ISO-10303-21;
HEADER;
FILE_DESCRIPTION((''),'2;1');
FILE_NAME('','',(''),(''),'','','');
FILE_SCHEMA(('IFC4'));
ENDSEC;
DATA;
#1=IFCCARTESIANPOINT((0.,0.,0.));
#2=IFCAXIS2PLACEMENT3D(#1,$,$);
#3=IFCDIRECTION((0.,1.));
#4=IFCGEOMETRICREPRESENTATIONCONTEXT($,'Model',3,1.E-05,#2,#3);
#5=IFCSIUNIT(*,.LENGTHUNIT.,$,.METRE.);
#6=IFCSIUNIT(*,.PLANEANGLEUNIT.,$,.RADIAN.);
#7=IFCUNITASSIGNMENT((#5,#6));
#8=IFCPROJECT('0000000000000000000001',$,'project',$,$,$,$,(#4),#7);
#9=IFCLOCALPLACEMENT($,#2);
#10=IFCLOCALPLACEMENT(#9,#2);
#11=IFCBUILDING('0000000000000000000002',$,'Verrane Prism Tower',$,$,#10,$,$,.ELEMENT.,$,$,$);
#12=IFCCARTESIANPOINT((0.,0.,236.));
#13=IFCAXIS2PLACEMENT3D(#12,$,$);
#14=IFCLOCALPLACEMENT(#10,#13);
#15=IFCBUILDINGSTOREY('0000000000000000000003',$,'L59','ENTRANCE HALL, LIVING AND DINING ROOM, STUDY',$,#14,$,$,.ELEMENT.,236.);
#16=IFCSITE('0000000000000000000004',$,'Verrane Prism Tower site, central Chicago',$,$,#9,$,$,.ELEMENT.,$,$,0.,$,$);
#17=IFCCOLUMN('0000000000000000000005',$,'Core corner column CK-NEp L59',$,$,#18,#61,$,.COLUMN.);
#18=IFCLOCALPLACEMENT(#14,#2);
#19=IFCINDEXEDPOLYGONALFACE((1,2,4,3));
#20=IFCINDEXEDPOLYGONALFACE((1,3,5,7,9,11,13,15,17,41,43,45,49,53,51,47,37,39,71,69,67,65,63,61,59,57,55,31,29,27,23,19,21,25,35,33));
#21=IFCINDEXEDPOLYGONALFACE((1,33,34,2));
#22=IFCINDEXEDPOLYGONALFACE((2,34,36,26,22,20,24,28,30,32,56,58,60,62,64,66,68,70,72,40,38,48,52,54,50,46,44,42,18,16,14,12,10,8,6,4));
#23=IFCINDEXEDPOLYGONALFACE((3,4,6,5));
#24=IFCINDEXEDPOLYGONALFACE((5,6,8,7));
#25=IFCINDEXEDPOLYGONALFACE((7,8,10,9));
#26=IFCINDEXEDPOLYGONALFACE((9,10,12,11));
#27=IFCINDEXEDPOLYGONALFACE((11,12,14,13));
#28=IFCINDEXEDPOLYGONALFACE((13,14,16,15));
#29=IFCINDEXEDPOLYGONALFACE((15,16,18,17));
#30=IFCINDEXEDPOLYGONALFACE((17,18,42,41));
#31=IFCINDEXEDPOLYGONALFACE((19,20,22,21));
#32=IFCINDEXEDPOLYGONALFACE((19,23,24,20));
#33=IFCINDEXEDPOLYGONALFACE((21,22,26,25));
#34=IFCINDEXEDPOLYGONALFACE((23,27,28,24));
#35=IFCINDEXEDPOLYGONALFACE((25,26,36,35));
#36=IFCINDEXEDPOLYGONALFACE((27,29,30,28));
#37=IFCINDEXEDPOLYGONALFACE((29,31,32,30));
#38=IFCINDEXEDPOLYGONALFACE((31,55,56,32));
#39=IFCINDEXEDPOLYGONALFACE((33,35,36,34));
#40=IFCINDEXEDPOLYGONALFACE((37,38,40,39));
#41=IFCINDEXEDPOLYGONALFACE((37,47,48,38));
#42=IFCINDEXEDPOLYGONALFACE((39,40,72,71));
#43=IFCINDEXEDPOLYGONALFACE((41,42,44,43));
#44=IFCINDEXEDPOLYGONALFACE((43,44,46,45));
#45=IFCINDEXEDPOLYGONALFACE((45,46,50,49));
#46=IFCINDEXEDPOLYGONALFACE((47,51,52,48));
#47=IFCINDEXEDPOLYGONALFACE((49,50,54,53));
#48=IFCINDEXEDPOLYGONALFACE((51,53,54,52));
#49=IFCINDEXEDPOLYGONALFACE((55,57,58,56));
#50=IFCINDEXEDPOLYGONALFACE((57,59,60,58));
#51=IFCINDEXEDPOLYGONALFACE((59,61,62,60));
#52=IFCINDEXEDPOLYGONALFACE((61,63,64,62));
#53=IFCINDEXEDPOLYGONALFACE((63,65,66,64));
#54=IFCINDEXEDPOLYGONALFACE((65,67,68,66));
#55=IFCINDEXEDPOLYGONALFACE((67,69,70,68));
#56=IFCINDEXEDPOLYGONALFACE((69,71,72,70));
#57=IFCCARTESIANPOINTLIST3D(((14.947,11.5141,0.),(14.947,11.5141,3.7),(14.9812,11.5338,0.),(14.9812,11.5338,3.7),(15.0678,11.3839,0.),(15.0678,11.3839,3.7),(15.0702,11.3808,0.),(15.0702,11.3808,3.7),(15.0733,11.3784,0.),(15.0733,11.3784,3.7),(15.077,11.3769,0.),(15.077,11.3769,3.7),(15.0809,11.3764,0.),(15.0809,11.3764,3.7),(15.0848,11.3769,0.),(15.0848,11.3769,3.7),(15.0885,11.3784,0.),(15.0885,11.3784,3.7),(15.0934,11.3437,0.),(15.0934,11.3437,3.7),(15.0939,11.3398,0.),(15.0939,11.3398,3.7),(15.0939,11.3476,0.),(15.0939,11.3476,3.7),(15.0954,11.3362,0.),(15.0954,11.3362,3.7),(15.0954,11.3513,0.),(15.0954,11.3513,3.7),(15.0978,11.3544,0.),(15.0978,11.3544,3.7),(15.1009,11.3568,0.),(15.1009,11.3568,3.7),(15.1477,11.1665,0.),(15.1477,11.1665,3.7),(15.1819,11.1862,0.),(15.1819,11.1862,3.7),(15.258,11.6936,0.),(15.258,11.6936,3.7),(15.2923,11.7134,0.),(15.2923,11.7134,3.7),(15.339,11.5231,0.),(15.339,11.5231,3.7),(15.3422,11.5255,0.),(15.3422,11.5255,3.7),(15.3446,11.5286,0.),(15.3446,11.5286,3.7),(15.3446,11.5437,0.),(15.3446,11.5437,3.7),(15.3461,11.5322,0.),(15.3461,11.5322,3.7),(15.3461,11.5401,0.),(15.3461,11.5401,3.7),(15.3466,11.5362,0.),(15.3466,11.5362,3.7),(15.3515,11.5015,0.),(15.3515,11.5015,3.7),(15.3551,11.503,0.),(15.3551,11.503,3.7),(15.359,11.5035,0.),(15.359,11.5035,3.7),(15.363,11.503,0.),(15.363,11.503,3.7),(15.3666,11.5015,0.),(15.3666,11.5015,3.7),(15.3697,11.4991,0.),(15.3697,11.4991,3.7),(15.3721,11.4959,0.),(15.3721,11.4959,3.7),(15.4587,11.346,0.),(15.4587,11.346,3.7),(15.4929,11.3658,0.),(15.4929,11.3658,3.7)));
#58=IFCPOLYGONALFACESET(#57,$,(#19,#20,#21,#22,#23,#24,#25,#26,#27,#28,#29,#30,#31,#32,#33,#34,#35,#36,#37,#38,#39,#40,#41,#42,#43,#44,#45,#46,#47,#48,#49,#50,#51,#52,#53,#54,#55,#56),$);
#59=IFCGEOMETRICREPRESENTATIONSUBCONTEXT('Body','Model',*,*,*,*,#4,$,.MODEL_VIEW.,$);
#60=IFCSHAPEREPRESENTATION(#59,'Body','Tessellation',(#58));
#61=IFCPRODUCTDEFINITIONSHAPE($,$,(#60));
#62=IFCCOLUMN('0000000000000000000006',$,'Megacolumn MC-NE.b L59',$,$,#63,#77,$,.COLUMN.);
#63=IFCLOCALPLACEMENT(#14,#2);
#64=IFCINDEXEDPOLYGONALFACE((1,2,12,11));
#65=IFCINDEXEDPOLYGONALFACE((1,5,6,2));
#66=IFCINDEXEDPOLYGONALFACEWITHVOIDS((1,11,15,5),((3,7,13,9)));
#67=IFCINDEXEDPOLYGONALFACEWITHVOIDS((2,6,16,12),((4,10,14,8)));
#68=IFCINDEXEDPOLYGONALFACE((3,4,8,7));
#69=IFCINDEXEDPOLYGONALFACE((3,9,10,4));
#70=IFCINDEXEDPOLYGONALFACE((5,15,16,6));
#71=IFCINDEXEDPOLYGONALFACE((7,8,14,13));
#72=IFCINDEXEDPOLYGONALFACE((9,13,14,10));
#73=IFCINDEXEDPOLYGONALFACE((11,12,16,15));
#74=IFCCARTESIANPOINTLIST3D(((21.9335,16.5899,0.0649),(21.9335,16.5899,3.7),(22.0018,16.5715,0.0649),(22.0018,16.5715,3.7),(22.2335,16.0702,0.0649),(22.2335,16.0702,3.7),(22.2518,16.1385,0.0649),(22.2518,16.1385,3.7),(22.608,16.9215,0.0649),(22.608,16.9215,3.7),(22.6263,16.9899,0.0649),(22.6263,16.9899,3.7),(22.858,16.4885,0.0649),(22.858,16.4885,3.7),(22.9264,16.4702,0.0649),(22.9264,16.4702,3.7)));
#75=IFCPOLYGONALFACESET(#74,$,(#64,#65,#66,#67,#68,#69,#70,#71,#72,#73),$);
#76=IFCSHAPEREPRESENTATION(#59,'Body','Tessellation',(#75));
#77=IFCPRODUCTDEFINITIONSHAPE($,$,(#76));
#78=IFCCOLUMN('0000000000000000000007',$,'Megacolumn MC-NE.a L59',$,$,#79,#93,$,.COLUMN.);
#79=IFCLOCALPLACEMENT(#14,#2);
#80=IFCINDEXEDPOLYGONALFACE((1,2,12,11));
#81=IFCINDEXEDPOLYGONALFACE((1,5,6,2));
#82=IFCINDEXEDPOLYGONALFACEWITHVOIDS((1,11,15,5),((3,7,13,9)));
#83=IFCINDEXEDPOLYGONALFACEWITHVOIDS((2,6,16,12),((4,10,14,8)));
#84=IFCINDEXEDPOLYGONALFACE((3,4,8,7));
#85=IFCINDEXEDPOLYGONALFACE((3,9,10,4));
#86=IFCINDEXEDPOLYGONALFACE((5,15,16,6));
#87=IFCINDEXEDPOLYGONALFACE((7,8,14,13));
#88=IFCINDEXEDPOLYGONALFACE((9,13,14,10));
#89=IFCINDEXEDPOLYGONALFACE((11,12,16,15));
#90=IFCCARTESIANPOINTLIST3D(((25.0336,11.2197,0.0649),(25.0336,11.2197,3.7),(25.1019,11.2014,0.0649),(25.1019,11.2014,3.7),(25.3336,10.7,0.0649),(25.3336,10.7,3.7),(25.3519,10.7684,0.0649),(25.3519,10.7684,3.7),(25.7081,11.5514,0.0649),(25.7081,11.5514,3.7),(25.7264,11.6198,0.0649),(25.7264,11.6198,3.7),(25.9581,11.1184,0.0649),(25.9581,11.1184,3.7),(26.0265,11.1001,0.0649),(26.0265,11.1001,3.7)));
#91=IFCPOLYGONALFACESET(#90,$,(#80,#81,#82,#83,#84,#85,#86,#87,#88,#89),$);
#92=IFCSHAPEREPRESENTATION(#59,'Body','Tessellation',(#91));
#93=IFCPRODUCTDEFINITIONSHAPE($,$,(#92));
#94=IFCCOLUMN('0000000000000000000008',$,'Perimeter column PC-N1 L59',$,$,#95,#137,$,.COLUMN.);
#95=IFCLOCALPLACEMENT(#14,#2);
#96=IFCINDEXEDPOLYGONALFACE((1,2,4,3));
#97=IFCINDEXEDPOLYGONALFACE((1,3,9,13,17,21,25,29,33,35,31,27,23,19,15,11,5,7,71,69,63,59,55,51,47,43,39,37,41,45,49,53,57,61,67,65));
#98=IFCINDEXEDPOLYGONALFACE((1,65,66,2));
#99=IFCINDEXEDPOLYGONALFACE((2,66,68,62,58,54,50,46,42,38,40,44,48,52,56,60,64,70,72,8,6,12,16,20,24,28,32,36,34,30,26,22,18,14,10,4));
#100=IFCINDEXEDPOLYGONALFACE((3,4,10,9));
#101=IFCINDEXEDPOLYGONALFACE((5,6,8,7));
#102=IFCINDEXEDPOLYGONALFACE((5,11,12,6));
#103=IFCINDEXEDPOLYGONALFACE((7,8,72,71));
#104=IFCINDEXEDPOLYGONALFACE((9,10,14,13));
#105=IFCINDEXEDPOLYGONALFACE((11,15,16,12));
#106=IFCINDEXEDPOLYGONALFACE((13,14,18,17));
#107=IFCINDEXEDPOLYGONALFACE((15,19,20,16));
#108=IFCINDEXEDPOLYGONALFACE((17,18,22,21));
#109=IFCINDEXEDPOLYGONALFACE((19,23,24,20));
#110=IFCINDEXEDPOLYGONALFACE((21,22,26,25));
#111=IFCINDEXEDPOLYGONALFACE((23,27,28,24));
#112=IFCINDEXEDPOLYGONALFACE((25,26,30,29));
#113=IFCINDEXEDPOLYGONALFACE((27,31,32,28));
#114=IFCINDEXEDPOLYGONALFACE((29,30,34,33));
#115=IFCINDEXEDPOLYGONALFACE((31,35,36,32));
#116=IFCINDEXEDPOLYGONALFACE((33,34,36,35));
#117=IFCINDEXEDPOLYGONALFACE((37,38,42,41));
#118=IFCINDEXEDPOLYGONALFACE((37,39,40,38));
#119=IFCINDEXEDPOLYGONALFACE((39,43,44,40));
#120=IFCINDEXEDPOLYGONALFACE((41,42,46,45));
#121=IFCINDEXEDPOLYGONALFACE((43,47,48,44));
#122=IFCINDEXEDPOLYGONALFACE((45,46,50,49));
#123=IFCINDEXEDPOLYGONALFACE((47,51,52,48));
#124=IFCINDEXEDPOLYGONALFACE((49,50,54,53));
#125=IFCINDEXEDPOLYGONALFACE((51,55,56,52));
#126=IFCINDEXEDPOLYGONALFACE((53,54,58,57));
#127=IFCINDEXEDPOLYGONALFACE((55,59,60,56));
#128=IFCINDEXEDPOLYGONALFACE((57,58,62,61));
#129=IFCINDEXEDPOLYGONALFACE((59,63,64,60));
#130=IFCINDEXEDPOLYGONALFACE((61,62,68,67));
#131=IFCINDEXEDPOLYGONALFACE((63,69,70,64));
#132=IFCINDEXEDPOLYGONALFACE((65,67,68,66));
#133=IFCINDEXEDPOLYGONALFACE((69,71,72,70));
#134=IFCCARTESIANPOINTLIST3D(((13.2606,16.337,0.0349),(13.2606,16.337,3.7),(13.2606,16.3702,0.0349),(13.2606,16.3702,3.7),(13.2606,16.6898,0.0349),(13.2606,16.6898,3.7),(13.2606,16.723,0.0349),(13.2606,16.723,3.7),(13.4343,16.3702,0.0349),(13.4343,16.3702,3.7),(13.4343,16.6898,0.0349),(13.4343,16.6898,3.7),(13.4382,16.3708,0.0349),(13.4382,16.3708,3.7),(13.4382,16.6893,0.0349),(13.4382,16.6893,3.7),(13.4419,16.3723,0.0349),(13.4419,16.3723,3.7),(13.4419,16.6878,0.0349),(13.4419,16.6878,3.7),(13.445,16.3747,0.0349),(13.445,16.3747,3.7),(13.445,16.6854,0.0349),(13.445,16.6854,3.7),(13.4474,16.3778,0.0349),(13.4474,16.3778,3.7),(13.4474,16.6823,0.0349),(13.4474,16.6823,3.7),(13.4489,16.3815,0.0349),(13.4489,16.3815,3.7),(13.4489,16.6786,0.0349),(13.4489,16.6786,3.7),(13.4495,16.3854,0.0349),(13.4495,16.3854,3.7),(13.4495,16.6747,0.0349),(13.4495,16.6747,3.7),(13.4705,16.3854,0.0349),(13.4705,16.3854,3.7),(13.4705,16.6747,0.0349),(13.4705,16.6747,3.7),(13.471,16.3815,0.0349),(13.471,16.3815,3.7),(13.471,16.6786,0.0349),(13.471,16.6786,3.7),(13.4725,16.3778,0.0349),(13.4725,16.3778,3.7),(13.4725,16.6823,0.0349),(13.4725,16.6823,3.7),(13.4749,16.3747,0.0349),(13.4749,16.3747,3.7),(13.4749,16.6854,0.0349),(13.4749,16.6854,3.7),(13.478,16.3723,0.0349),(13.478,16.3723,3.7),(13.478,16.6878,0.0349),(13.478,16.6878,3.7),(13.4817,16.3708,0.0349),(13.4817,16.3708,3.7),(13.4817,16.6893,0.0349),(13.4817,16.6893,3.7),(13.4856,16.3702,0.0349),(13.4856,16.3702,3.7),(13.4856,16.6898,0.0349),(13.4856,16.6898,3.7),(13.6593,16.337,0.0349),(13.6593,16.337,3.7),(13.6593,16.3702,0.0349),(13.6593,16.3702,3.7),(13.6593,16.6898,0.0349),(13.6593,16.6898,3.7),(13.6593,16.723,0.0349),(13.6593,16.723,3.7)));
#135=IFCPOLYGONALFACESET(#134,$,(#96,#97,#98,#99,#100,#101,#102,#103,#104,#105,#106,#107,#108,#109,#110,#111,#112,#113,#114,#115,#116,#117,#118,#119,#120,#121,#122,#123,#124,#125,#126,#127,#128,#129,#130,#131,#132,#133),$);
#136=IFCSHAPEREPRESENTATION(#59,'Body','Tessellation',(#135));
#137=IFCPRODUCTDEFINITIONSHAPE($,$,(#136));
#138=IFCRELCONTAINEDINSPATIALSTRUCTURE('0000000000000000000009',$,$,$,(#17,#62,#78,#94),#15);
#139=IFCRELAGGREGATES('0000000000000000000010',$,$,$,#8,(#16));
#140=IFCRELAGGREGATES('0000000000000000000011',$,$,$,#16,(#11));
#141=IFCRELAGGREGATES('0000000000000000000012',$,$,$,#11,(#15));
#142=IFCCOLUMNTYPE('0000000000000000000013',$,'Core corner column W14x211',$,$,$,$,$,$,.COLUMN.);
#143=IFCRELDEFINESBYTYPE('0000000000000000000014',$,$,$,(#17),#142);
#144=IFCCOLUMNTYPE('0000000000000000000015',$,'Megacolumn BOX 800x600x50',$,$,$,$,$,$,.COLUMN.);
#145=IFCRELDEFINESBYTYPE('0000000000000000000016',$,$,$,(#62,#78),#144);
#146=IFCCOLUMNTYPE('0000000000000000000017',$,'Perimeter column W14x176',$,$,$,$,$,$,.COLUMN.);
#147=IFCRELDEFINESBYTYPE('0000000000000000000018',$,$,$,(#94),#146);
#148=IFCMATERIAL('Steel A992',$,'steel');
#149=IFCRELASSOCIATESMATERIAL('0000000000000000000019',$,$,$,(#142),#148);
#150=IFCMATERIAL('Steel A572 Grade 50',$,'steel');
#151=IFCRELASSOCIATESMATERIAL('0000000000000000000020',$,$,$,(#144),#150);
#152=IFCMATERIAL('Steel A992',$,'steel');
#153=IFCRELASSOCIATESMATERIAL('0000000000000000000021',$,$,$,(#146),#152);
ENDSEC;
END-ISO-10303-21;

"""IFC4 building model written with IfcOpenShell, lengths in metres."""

from ifc_helpers import new_model, si_unit, direction, frame, origin, origin_2d, place, context, subcontext, project, spatial, hollow_rectangle, i_section, extrude, material, material_profile, profile_set, type_object, element, save


model = new_model("IFC4")

# Units and contexts
model_context = context("Model", 3, precision=1e-05, world=origin(), true_north=direction((0.0, 1.0)))
body_context = subcontext(model_context, "Body", "Model", "MODEL_VIEW")
ifc_project = project(units=[si_unit("LENGTHUNIT", "METRE"), si_unit("PLANEANGLEUNIT", "RADIAN")], contexts=[model_context])

# Site, building, storey
site_placement = place(None, origin())
site = spatial("IfcSite", under=ifc_project, at=site_placement, Name="Verrane Prism Tower site, central Chicago", CompositionType="ELEMENT", RefElevation=0.0)
building_placement = place(site_placement, origin())
building = spatial("IfcBuilding", under=site, at=building_placement, Name="Verrane Prism Tower", CompositionType="ELEMENT")
storey_placement = place(building_placement, frame((0.0, 0.0, 236.0)))
storey = spatial("IfcBuildingStorey", under=building, at=storey_placement, Name="L59", Description="ENTRANCE HALL, LIVING AND DINING ROOM, STUDY", CompositionType="ELEMENT", Elevation=236.0)

# Columns
ifc_material_1 = material(Name="Steel A992", Category="steel")
ifc_material_profile_1 = material_profile(ifc_material_1, i_section(OverallWidth=0.4014, OverallDepth=0.3987, WebThickness=0.0249, FlangeThickness=0.0396, FilletRadius=0.0151, at=origin_2d()), Name="W14x211")
ifc_profile_set_1 = profile_set([ifc_material_profile_1], Name="Steel A992")
column_type_1 = type_object("IfcColumnType", Name="Core corner column W14x211", PredefinedType="COLUMN", material=ifc_profile_set_1)
column_1_placement = place(storey_placement, frame((15.22, 11.4399, 0.0), z_axis=(0.0, 0.0, 1.0), x_axis=(0.5, -0.866025, 0.0)))
element("IfcColumn", 1, at=column_1_placement, inside=storey, type_object=column_type_1, Name="Core corner column CK-NEp L59", PredefinedType="COLUMN", context=body_context, shape_type="SweptSolid", body=[
    extrude(i_section(OverallWidth=0.4014, OverallDepth=0.3987, WebThickness=0.0249, FlangeThickness=0.0396, FilletRadius=0.0151, at=origin_2d()), origin(), (0.0, 0.0, 1.0), 3.7),
])
ifc_material_2 = material(Name="Steel A572 Grade 50", Category="steel")
ifc_material_profile_2 = material_profile(ifc_material_2, hollow_rectangle(XDim=0.6001, YDim=0.8, WallThickness=0.05, at=origin_2d()), Name="BOX 800x600x50")
ifc_profile_set_2 = profile_set([ifc_material_profile_2], Name="Steel A572 Grade 50")
column_type_2 = type_object("IfcColumnType", Name="Megacolumn BOX 800x600x50", PredefinedType="COLUMN", material=ifc_profile_set_2)
for number, where, z_axis, x_axis, name in (
    (2, (22.4299, 16.53, 0.0649), (0.0, 0.0, 1.0), (0.5, -0.866025, 0.0), "Megacolumn MC-NE.b L59"),
    (3, (25.53, 11.1599, 0.0649), (0.0, 0.0, 1.0), (0.5, -0.866025, 0.0), "Megacolumn MC-NE.a L59"),
):
    element("IfcColumn", number, at=place(storey_placement, frame(where, z_axis=z_axis, x_axis=x_axis)), inside=storey, type_object=column_type_2, Name=name, PredefinedType="COLUMN", context=body_context, shape_type="SweptSolid", body=[
        extrude(hollow_rectangle(XDim=0.6001, YDim=0.8, WallThickness=0.05, at=origin_2d()), origin(), (0.0, 0.0, 1.0), 3.635),
    ])
ifc_material_3 = material(Name="Steel A992", Category="steel")
ifc_material_profile_3 = material_profile(ifc_material_3, i_section(OverallWidth=0.3987, OverallDepth=0.386, WebThickness=0.021, FlangeThickness=0.0332, FilletRadius=0.0151, at=origin_2d()), Name="W14x176")
ifc_profile_set_3 = profile_set([ifc_material_profile_3], Name="Steel A992")
column_type_3 = type_object("IfcColumnType", Name="Perimeter column W14x176", PredefinedType="COLUMN", material=ifc_profile_set_3)
column_2_placement = place(storey_placement, frame((13.46, 16.53, 0.0349), z_axis=(0.0, 0.0, 1.0), x_axis=(1.0, 0.0, 0.0)))
element("IfcColumn", 4, at=column_2_placement, inside=storey, type_object=column_type_3, Name="Perimeter column PC-N1 L59", PredefinedType="COLUMN", context=body_context, shape_type="SweptSolid", body=[
    extrude(i_section(OverallWidth=0.3987, OverallDepth=0.386, WebThickness=0.021, FlangeThickness=0.0332, FilletRadius=0.0151, at=origin_2d()), origin(), (0.0, 0.0, 1.0), 3.665),
])

save(model, "model.ifc")
